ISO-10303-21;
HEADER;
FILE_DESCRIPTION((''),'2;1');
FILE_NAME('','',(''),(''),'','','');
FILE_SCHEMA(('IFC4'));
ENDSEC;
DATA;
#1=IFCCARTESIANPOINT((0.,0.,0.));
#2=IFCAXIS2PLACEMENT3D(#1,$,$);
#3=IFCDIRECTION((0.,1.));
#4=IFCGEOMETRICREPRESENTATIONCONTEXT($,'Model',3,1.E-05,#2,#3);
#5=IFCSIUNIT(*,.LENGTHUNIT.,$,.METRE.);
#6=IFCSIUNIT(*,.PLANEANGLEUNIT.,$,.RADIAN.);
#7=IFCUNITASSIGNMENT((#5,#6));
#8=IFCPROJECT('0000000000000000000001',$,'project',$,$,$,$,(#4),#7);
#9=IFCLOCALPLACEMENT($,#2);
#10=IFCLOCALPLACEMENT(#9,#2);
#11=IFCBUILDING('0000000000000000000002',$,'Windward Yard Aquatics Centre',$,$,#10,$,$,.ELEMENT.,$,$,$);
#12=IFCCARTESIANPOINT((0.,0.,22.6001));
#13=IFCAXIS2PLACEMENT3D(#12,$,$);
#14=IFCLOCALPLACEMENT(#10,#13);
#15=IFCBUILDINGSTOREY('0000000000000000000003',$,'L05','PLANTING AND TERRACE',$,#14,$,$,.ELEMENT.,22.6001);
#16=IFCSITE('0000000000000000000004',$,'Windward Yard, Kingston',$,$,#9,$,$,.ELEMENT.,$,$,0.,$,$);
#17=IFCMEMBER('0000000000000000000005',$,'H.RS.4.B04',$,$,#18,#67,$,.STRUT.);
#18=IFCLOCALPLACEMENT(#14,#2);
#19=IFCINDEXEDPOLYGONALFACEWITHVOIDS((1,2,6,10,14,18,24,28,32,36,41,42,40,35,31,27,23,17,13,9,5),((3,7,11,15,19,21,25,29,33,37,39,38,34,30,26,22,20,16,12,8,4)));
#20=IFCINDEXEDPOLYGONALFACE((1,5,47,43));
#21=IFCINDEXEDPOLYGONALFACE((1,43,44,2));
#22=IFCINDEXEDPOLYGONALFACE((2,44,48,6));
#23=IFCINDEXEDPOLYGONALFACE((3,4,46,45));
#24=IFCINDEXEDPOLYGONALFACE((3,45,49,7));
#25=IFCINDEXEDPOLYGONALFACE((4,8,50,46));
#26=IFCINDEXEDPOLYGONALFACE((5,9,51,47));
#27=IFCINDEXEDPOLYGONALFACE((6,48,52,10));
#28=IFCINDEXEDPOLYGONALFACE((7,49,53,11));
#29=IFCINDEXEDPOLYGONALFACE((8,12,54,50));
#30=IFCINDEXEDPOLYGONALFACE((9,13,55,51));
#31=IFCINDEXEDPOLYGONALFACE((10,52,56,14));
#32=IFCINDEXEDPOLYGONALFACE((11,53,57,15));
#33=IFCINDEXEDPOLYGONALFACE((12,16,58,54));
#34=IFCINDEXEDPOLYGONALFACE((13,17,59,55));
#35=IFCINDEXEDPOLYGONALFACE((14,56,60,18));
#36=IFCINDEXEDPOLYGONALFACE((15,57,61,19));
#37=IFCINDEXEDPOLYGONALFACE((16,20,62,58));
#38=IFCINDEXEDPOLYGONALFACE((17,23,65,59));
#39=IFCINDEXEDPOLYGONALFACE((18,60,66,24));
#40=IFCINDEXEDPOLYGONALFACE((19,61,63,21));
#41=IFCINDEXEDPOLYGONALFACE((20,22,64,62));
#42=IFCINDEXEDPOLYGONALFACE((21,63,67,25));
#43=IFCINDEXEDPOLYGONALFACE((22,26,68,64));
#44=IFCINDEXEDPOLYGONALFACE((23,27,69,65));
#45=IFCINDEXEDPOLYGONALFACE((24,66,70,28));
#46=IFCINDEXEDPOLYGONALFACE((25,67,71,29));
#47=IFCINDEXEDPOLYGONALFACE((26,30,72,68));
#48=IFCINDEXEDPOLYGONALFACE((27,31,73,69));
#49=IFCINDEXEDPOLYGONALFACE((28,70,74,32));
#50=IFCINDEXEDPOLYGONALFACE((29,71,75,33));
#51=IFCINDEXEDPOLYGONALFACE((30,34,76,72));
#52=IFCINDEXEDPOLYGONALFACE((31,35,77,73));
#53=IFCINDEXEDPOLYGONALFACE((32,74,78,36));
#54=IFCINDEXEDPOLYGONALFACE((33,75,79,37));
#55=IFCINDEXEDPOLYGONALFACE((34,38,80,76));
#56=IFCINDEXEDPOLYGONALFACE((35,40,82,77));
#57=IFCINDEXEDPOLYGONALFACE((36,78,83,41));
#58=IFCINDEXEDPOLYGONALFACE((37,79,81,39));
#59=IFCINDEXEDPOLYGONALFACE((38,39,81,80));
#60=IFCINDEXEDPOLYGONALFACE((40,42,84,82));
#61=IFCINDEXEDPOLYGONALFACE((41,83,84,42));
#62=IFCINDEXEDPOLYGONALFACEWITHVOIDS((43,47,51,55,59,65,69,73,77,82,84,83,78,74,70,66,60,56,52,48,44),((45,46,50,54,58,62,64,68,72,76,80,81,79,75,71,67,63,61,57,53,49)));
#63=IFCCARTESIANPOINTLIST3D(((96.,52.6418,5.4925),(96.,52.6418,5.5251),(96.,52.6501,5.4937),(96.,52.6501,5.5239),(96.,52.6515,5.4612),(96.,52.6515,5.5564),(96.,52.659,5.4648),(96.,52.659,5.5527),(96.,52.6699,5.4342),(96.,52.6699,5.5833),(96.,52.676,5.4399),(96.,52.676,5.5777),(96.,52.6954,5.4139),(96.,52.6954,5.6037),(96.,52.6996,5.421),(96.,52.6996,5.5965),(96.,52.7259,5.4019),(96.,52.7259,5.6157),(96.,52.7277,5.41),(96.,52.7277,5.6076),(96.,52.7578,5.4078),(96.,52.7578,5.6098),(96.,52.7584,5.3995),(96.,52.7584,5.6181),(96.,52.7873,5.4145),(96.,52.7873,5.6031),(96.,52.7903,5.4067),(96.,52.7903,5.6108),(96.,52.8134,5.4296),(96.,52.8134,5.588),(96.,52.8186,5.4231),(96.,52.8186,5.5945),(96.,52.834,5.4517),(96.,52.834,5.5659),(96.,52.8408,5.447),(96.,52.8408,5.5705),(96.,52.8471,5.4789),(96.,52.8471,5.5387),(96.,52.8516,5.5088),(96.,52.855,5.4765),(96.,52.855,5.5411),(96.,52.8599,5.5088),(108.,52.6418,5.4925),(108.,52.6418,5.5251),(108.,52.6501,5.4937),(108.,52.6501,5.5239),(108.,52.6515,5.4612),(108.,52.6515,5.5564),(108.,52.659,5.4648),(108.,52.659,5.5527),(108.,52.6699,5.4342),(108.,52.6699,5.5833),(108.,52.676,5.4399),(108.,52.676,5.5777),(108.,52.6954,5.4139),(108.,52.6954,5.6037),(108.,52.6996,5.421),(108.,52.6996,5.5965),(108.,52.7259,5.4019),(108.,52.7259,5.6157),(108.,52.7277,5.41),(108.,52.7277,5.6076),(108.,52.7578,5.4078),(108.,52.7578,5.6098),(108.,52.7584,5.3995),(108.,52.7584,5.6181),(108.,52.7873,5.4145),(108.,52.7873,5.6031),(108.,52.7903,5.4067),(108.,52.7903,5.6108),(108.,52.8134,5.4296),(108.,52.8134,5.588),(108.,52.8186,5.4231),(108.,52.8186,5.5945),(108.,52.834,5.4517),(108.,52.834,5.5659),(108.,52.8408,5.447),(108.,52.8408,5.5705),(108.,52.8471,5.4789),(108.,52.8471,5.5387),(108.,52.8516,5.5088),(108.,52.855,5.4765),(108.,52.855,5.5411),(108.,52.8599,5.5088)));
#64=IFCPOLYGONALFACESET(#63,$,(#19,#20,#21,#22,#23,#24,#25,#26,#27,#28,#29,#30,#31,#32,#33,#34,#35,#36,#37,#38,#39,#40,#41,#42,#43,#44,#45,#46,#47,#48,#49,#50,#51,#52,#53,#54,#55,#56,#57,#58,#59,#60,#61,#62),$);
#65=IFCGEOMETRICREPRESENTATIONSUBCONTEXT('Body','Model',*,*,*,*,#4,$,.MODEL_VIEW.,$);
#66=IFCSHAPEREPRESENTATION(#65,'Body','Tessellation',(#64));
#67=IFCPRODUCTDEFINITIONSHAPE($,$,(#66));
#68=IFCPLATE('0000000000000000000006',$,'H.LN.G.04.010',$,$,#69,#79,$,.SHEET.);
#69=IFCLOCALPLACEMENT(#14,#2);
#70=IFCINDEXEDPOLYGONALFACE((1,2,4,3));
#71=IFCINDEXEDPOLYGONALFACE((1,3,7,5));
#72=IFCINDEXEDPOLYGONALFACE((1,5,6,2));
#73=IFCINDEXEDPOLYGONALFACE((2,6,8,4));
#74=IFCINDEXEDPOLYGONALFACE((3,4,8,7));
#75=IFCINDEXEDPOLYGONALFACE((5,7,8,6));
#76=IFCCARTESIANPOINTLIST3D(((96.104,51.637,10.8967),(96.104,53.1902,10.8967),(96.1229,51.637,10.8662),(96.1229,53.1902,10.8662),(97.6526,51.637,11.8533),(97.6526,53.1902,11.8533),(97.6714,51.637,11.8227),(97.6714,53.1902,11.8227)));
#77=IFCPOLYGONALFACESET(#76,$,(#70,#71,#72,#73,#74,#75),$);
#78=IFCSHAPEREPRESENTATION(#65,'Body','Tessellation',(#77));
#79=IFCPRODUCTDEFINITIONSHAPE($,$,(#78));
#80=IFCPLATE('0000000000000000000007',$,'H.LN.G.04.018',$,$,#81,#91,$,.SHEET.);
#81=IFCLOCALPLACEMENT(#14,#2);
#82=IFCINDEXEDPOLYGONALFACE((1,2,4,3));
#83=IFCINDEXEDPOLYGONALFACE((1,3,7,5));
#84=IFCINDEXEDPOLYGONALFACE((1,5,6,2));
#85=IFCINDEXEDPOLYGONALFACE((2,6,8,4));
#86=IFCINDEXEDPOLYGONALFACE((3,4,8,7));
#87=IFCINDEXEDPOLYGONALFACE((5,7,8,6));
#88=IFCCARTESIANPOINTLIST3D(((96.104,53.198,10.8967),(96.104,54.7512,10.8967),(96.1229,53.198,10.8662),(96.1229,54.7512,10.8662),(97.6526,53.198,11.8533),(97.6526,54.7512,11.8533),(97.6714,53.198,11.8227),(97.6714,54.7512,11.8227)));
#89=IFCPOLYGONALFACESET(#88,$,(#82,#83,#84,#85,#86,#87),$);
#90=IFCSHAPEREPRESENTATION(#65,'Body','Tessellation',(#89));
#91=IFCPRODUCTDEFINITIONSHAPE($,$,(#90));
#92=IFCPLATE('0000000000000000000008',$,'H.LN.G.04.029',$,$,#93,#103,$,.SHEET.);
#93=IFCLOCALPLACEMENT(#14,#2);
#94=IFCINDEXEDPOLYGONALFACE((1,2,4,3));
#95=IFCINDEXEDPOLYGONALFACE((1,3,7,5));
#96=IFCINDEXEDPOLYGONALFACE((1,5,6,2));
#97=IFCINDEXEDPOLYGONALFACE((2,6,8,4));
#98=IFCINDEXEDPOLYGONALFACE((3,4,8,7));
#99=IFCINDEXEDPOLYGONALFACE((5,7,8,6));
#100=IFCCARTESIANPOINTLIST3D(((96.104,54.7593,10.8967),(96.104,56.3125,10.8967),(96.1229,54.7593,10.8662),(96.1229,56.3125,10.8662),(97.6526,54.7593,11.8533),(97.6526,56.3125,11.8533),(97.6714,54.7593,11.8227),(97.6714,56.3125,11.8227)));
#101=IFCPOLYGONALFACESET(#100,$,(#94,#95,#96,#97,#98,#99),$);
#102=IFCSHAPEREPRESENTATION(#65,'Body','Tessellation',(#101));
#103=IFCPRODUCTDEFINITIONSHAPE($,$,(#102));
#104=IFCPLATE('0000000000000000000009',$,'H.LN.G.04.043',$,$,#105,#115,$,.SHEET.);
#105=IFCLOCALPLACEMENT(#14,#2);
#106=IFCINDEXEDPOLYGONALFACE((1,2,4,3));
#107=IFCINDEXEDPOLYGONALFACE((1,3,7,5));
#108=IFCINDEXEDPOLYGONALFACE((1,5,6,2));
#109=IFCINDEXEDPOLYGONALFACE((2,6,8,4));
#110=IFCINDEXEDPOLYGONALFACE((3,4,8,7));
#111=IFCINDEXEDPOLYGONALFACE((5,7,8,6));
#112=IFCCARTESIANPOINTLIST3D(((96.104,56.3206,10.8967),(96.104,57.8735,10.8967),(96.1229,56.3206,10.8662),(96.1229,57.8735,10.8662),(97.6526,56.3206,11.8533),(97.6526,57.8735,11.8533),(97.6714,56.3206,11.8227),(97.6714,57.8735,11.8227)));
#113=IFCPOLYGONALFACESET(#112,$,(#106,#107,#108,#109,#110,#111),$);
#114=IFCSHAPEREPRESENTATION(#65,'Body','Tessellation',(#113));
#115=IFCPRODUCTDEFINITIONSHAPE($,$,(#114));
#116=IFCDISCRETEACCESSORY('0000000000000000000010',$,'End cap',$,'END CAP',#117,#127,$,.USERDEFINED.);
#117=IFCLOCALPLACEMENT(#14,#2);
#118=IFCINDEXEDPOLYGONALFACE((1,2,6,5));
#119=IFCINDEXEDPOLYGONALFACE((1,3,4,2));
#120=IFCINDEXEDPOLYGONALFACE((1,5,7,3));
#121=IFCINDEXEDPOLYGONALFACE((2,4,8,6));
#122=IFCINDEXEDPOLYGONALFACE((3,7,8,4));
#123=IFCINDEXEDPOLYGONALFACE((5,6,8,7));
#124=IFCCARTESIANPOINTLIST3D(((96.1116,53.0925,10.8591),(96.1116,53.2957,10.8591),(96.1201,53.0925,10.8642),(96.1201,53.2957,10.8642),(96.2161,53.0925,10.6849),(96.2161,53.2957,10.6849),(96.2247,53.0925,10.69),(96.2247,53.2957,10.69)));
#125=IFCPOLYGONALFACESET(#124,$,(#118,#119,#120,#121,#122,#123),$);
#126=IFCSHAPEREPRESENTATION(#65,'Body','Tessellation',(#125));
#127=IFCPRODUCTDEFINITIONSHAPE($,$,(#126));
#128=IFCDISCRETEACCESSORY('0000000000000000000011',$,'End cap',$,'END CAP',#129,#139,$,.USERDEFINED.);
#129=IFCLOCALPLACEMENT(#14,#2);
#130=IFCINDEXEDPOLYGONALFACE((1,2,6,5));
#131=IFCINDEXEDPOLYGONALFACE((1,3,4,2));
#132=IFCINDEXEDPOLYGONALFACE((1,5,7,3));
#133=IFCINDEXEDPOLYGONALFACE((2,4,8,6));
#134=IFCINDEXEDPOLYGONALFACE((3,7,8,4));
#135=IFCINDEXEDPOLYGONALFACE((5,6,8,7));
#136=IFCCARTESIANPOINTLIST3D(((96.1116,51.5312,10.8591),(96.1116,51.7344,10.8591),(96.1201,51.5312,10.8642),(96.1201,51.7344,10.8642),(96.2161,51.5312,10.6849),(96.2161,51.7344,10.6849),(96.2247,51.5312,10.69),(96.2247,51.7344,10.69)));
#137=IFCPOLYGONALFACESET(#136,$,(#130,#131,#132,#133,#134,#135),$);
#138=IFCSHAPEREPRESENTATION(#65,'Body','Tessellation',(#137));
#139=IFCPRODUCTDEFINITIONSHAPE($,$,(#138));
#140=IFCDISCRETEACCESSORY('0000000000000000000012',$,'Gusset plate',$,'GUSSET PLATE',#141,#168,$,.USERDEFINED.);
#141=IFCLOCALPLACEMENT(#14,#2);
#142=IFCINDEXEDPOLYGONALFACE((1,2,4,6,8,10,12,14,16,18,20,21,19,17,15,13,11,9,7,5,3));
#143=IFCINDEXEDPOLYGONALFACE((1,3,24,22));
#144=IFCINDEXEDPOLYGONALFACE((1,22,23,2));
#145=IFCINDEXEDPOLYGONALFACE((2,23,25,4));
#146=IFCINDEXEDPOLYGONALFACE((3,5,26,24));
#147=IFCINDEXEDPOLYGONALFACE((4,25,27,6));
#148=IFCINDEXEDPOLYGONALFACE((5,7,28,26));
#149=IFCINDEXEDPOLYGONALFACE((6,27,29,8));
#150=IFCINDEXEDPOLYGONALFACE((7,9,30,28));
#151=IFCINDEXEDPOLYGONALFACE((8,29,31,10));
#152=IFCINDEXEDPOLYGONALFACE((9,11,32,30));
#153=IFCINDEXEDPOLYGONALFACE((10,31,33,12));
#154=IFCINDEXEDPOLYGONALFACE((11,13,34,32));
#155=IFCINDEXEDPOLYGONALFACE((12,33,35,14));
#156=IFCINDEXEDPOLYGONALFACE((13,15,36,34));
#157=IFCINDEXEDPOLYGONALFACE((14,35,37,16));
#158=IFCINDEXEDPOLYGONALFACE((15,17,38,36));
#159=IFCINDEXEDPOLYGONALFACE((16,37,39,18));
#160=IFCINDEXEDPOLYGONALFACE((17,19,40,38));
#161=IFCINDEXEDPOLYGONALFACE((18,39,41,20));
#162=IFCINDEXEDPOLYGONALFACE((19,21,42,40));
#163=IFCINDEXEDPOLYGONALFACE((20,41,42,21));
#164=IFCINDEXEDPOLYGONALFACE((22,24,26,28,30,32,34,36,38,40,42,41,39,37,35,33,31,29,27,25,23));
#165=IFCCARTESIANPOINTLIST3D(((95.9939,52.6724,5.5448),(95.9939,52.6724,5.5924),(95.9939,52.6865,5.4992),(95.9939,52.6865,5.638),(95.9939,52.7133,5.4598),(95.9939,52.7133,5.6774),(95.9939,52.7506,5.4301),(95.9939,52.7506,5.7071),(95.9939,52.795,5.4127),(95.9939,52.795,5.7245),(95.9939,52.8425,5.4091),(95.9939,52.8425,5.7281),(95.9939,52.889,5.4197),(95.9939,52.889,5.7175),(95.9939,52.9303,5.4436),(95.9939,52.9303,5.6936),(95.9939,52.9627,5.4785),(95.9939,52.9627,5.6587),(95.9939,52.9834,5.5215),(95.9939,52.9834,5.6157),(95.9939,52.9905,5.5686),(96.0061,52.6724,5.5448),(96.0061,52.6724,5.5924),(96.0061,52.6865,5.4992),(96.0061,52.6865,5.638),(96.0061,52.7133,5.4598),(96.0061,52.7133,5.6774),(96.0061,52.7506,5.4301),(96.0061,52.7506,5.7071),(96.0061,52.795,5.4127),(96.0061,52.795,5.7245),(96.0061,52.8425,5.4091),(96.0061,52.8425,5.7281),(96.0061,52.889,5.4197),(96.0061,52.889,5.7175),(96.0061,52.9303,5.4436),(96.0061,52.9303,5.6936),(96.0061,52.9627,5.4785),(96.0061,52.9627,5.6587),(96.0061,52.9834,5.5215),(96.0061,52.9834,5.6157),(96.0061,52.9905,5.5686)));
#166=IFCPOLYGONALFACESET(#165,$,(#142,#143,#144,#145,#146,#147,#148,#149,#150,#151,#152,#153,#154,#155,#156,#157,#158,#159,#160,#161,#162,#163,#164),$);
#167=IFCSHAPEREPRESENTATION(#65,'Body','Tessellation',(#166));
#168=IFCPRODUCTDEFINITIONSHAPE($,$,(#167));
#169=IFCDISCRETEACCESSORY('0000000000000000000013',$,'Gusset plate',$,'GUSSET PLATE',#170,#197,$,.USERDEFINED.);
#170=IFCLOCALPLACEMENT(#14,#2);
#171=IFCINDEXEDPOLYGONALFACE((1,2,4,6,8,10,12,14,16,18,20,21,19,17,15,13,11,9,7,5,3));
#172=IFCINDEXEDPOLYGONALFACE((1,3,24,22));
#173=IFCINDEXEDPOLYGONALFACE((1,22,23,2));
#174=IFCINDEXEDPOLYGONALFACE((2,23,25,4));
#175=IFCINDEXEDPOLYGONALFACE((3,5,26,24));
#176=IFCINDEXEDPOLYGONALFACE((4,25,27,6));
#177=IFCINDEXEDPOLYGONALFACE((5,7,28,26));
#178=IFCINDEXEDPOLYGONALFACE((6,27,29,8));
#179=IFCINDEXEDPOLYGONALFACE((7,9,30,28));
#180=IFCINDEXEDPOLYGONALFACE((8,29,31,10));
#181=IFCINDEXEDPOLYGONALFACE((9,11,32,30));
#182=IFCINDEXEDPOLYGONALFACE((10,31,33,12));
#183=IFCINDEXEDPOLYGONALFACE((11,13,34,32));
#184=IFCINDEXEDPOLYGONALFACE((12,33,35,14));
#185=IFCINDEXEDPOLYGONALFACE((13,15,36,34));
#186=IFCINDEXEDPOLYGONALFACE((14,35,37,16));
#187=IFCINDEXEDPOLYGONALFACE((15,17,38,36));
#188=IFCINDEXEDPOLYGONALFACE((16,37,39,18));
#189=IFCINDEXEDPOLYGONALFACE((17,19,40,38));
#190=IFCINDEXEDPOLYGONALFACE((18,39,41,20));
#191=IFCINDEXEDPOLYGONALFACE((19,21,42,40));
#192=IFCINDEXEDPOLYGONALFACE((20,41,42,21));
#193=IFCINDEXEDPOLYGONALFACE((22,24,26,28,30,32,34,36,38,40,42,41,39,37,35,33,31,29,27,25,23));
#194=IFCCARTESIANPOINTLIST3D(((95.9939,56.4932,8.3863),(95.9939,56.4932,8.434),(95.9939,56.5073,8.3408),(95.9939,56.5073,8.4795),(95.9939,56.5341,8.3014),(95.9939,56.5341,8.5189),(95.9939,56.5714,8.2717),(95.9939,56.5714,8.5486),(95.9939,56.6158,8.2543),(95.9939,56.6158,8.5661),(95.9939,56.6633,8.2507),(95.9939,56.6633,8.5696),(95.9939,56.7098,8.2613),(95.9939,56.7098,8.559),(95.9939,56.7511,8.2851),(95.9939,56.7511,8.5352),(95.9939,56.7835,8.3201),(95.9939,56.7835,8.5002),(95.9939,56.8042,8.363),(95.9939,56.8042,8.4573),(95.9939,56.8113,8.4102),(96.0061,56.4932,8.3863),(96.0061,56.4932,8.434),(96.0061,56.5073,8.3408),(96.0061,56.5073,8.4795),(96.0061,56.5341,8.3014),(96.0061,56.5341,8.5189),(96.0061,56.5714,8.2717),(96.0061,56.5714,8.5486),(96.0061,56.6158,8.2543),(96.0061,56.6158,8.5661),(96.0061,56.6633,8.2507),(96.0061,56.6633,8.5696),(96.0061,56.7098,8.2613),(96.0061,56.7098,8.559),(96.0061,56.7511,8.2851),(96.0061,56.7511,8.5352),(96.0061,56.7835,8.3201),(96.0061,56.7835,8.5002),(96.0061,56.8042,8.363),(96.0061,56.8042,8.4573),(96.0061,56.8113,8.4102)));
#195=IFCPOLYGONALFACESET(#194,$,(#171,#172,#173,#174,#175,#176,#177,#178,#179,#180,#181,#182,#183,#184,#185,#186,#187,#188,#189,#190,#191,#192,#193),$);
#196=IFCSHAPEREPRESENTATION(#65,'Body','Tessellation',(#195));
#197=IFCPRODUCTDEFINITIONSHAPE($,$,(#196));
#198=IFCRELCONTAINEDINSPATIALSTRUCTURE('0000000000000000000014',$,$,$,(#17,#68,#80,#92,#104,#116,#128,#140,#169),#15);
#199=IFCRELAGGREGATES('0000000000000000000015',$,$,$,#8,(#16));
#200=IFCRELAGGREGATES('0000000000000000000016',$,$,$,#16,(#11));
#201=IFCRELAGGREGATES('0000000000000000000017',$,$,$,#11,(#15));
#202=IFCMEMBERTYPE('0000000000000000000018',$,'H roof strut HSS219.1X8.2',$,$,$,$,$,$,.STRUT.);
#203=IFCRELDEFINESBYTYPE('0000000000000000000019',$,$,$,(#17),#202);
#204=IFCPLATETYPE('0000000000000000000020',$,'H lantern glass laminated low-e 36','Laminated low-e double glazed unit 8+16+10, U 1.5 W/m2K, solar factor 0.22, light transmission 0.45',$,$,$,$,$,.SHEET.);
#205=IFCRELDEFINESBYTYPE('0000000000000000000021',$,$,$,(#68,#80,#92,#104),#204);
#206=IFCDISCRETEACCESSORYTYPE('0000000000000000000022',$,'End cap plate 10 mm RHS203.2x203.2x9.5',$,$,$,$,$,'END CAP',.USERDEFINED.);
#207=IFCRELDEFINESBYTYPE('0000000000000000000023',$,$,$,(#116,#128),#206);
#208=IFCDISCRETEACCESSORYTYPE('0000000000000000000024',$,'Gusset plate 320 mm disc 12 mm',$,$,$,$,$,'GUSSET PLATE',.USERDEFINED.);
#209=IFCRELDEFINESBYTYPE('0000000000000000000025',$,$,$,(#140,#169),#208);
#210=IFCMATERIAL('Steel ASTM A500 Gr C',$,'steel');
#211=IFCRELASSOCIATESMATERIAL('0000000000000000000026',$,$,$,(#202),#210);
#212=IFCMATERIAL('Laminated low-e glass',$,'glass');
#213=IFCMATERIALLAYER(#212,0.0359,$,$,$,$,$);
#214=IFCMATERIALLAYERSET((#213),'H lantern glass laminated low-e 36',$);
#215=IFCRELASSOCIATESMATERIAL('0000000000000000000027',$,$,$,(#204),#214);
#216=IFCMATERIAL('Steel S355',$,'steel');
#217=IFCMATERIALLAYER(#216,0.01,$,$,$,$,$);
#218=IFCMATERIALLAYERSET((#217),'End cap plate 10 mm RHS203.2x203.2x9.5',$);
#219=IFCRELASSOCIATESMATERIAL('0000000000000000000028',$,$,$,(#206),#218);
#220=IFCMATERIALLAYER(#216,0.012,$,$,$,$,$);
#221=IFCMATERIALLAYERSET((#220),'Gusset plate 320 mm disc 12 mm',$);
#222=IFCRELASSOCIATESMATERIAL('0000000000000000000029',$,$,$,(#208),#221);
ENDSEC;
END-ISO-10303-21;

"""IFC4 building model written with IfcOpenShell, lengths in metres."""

from ifc_helpers import new_model, si_unit, direction, frame, origin, origin_2d, place, context, subcontext, project, spatial, polyline, rectangle, circle, hollow_circle, outline, extrude, material, layer, layer_set, material_profile, profile_set, type_object, element, save


model = new_model("IFC4")

# Units and contexts
model_context = context("Model", 3, precision=1e-05, world=origin(), true_north=direction((0.0, 1.0)))
body_context = subcontext(model_context, "Body", "Model", "MODEL_VIEW")
ifc_project = project(units=[si_unit("LENGTHUNIT", "METRE"), si_unit("PLANEANGLEUNIT", "RADIAN")], contexts=[model_context])

# Site, building, storey
site_placement = place(None, origin())
site = spatial("IfcSite", under=ifc_project, at=site_placement, Name="Windward Yard, Kingston", CompositionType="ELEMENT", RefElevation=0.0)
building_placement = place(site_placement, origin())
building = spatial("IfcBuilding", under=site, at=building_placement, Name="Windward Yard Aquatics Centre", CompositionType="ELEMENT")
storey_placement = place(building_placement, frame((0.0, 0.0, 22.6001)))
storey = spatial("IfcBuildingStorey", under=building, at=storey_placement, Name="L05", Description="PLANTING AND TERRACE", CompositionType="ELEMENT", Elevation=22.6001)

# Member
ifc_material_1 = material(Name="Steel ASTM A500 Gr C", Category="steel")
ifc_material_profile_1 = material_profile(ifc_material_1, hollow_circle(Radius=0.1096, WallThickness=0.0083, at=origin_2d()), Name="HSS219.1X8.2")
ifc_profile_set_1 = profile_set([ifc_material_profile_1], Name="Steel ASTM A500 Gr C")
member_type_1 = type_object("IfcMemberType", Name="H roof strut HSS219.1X8.2", PredefinedType="STRUT", material=ifc_profile_set_1)
for number, where, z_axis, x_axis, name in (
    (1, (96.0, 52.7502, 5.5088), (1.0, 0.0, 0.0), (0.0, 1.0, 0.0), "H.RS.4.B04"),
):
    element("IfcMember", number, at=place(storey_placement, frame(where, z_axis=z_axis, x_axis=x_axis)), inside=storey, type_object=member_type_1, Name=name, PredefinedType="STRUT", context=body_context, shape_type="SweptSolid", body=[
        extrude(hollow_circle(Radius=0.1096, WallThickness=0.0083, at=origin_2d()), origin(), (0.0, 0.0, 1.0), 12.0),
    ])

# Plates
ifc_material_2 = material(Name="Laminated low-e glass", Category="glass")
ifc_layer_1 = layer(ifc_material_2, 0.0359)
ifc_layer_set_1 = layer_set([ifc_layer_1], Name="H lantern glass laminated low-e 36")
plate_type = type_object("IfcPlateType", Name="H lantern glass laminated low-e 36", Description="Laminated low-e double glazed unit 8+16+10, U 1.5 W/m2K, solar factor 0.22, light transmission 0.45", PredefinedType="SHEET", material=ifc_layer_set_1)
for number, where, z_axis, x_axis, name in (
    (2, (96.104, 51.637, 10.8967), (-0.525519, 0.0, 0.850782), (0.0, 1.0, 0.0), "H.LN.G.04.010"),
    (3, (96.104, 53.198, 10.8967), (-0.525519, 0.0, 0.850782), (0.0, 1.0, 0.0), "H.LN.G.04.018"),
    (4, (96.104, 54.7593, 10.8967), (-0.525519, 0.0, 0.850782), (0.0, 1.0, 0.0), "H.LN.G.04.029"),
):
    element("IfcPlate", number, at=place(storey_placement, frame(where, z_axis=z_axis, x_axis=x_axis)), inside=storey, type_object=plate_type, Name=name, PredefinedType="SHEET", context=body_context, shape_type="SweptSolid", body=[
        extrude(outline(polyline([(0.0, 0.0), (1.5532, 0.0), (1.5532, -1.8202), (0.0, -1.8202), (0.0, 0.0)])), origin(), (0.0, 0.0, -1.0), 0.0359),
    ])
plate_placement = place(storey_placement, frame((96.104, 56.3206, 10.8967), z_axis=(-0.525519, 0.0, 0.850782), x_axis=(0.0, 1.0, 0.0)))
element("IfcPlate", 5, at=plate_placement, inside=storey, type_object=plate_type, Name="H.LN.G.04.043", PredefinedType="SHEET", context=body_context, shape_type="SweptSolid", body=[
    extrude(outline(polyline([(0.0, 0.0), (1.553, 0.0), (1.553, -1.8202), (0.0, -1.8202), (0.0, 0.0)])), origin(), (0.0, 0.0, -1.0), 0.0359),
])

# Discrete accessories
ifc_material_3 = material(Name="Steel S355", Category="steel")
ifc_layer_2 = layer(ifc_material_3, 0.01)
ifc_layer_set_2 = layer_set([ifc_layer_2], Name="End cap plate 10 mm RHS203.2x203.2x9.5")
discrete_accessory_type_1 = type_object("IfcDiscreteAccessoryType", Name="End cap plate 10 mm RHS203.2x203.2x9.5", ElementType="END CAP", PredefinedType="USERDEFINED", material=ifc_layer_set_2)
for number, where, z_axis, x_axis, name in (
    (6, (96.1638, 53.1941, 10.772), (0.857493, 0.0, 0.514496), (0.0, 1.0, 0.0), "End cap"),
    (7, (96.1638, 51.6328, 10.772), (0.857493, 0.0, 0.514496), (0.0, 1.0, 0.0), "End cap"),
):
    element("IfcDiscreteAccessory", number, at=place(storey_placement, frame(where, z_axis=z_axis, x_axis=x_axis)), inside=storey, type_object=discrete_accessory_type_1, Name=name, ObjectType="END CAP", PredefinedType="USERDEFINED", context=body_context, shape_type="SweptSolid", body=[
        extrude(rectangle(XDim=0.2031, YDim=0.2031, at=origin_2d()), origin(), (0.0, 0.0, 1.0), 0.01),
    ])
ifc_layer_3 = layer(ifc_material_3, 0.012)
ifc_layer_set_3 = layer_set([ifc_layer_3], Name="Gusset plate 320 mm disc 12 mm")
discrete_accessory_type_2 = type_object("IfcDiscreteAccessoryType", Name="Gusset plate 320 mm disc 12 mm", ElementType="GUSSET PLATE", PredefinedType="USERDEFINED", material=ifc_layer_set_3)
for number, where, z_axis, x_axis, name in (
    (8, (95.9939, 52.8306, 5.5686), (1.0, 0.0, 0.0), (0.0, 1.0, 0.0), "Gusset plate"),
    (9, (95.9939, 56.6514, 8.4102), (1.0, 0.0, 0.0), (0.0, 1.0, 0.0), "Gusset plate"),
):
    element("IfcDiscreteAccessory", number, at=place(storey_placement, frame(where, z_axis=z_axis, x_axis=x_axis)), inside=storey, type_object=discrete_accessory_type_2, Name=name, ObjectType="GUSSET PLATE", PredefinedType="USERDEFINED", context=body_context, shape_type="SweptSolid", body=[
        extrude(circle(Radius=0.1599, at=origin_2d()), origin(), (0.0, 0.0, 1.0), 0.0122),
    ])

save(model, "model.ifc")
